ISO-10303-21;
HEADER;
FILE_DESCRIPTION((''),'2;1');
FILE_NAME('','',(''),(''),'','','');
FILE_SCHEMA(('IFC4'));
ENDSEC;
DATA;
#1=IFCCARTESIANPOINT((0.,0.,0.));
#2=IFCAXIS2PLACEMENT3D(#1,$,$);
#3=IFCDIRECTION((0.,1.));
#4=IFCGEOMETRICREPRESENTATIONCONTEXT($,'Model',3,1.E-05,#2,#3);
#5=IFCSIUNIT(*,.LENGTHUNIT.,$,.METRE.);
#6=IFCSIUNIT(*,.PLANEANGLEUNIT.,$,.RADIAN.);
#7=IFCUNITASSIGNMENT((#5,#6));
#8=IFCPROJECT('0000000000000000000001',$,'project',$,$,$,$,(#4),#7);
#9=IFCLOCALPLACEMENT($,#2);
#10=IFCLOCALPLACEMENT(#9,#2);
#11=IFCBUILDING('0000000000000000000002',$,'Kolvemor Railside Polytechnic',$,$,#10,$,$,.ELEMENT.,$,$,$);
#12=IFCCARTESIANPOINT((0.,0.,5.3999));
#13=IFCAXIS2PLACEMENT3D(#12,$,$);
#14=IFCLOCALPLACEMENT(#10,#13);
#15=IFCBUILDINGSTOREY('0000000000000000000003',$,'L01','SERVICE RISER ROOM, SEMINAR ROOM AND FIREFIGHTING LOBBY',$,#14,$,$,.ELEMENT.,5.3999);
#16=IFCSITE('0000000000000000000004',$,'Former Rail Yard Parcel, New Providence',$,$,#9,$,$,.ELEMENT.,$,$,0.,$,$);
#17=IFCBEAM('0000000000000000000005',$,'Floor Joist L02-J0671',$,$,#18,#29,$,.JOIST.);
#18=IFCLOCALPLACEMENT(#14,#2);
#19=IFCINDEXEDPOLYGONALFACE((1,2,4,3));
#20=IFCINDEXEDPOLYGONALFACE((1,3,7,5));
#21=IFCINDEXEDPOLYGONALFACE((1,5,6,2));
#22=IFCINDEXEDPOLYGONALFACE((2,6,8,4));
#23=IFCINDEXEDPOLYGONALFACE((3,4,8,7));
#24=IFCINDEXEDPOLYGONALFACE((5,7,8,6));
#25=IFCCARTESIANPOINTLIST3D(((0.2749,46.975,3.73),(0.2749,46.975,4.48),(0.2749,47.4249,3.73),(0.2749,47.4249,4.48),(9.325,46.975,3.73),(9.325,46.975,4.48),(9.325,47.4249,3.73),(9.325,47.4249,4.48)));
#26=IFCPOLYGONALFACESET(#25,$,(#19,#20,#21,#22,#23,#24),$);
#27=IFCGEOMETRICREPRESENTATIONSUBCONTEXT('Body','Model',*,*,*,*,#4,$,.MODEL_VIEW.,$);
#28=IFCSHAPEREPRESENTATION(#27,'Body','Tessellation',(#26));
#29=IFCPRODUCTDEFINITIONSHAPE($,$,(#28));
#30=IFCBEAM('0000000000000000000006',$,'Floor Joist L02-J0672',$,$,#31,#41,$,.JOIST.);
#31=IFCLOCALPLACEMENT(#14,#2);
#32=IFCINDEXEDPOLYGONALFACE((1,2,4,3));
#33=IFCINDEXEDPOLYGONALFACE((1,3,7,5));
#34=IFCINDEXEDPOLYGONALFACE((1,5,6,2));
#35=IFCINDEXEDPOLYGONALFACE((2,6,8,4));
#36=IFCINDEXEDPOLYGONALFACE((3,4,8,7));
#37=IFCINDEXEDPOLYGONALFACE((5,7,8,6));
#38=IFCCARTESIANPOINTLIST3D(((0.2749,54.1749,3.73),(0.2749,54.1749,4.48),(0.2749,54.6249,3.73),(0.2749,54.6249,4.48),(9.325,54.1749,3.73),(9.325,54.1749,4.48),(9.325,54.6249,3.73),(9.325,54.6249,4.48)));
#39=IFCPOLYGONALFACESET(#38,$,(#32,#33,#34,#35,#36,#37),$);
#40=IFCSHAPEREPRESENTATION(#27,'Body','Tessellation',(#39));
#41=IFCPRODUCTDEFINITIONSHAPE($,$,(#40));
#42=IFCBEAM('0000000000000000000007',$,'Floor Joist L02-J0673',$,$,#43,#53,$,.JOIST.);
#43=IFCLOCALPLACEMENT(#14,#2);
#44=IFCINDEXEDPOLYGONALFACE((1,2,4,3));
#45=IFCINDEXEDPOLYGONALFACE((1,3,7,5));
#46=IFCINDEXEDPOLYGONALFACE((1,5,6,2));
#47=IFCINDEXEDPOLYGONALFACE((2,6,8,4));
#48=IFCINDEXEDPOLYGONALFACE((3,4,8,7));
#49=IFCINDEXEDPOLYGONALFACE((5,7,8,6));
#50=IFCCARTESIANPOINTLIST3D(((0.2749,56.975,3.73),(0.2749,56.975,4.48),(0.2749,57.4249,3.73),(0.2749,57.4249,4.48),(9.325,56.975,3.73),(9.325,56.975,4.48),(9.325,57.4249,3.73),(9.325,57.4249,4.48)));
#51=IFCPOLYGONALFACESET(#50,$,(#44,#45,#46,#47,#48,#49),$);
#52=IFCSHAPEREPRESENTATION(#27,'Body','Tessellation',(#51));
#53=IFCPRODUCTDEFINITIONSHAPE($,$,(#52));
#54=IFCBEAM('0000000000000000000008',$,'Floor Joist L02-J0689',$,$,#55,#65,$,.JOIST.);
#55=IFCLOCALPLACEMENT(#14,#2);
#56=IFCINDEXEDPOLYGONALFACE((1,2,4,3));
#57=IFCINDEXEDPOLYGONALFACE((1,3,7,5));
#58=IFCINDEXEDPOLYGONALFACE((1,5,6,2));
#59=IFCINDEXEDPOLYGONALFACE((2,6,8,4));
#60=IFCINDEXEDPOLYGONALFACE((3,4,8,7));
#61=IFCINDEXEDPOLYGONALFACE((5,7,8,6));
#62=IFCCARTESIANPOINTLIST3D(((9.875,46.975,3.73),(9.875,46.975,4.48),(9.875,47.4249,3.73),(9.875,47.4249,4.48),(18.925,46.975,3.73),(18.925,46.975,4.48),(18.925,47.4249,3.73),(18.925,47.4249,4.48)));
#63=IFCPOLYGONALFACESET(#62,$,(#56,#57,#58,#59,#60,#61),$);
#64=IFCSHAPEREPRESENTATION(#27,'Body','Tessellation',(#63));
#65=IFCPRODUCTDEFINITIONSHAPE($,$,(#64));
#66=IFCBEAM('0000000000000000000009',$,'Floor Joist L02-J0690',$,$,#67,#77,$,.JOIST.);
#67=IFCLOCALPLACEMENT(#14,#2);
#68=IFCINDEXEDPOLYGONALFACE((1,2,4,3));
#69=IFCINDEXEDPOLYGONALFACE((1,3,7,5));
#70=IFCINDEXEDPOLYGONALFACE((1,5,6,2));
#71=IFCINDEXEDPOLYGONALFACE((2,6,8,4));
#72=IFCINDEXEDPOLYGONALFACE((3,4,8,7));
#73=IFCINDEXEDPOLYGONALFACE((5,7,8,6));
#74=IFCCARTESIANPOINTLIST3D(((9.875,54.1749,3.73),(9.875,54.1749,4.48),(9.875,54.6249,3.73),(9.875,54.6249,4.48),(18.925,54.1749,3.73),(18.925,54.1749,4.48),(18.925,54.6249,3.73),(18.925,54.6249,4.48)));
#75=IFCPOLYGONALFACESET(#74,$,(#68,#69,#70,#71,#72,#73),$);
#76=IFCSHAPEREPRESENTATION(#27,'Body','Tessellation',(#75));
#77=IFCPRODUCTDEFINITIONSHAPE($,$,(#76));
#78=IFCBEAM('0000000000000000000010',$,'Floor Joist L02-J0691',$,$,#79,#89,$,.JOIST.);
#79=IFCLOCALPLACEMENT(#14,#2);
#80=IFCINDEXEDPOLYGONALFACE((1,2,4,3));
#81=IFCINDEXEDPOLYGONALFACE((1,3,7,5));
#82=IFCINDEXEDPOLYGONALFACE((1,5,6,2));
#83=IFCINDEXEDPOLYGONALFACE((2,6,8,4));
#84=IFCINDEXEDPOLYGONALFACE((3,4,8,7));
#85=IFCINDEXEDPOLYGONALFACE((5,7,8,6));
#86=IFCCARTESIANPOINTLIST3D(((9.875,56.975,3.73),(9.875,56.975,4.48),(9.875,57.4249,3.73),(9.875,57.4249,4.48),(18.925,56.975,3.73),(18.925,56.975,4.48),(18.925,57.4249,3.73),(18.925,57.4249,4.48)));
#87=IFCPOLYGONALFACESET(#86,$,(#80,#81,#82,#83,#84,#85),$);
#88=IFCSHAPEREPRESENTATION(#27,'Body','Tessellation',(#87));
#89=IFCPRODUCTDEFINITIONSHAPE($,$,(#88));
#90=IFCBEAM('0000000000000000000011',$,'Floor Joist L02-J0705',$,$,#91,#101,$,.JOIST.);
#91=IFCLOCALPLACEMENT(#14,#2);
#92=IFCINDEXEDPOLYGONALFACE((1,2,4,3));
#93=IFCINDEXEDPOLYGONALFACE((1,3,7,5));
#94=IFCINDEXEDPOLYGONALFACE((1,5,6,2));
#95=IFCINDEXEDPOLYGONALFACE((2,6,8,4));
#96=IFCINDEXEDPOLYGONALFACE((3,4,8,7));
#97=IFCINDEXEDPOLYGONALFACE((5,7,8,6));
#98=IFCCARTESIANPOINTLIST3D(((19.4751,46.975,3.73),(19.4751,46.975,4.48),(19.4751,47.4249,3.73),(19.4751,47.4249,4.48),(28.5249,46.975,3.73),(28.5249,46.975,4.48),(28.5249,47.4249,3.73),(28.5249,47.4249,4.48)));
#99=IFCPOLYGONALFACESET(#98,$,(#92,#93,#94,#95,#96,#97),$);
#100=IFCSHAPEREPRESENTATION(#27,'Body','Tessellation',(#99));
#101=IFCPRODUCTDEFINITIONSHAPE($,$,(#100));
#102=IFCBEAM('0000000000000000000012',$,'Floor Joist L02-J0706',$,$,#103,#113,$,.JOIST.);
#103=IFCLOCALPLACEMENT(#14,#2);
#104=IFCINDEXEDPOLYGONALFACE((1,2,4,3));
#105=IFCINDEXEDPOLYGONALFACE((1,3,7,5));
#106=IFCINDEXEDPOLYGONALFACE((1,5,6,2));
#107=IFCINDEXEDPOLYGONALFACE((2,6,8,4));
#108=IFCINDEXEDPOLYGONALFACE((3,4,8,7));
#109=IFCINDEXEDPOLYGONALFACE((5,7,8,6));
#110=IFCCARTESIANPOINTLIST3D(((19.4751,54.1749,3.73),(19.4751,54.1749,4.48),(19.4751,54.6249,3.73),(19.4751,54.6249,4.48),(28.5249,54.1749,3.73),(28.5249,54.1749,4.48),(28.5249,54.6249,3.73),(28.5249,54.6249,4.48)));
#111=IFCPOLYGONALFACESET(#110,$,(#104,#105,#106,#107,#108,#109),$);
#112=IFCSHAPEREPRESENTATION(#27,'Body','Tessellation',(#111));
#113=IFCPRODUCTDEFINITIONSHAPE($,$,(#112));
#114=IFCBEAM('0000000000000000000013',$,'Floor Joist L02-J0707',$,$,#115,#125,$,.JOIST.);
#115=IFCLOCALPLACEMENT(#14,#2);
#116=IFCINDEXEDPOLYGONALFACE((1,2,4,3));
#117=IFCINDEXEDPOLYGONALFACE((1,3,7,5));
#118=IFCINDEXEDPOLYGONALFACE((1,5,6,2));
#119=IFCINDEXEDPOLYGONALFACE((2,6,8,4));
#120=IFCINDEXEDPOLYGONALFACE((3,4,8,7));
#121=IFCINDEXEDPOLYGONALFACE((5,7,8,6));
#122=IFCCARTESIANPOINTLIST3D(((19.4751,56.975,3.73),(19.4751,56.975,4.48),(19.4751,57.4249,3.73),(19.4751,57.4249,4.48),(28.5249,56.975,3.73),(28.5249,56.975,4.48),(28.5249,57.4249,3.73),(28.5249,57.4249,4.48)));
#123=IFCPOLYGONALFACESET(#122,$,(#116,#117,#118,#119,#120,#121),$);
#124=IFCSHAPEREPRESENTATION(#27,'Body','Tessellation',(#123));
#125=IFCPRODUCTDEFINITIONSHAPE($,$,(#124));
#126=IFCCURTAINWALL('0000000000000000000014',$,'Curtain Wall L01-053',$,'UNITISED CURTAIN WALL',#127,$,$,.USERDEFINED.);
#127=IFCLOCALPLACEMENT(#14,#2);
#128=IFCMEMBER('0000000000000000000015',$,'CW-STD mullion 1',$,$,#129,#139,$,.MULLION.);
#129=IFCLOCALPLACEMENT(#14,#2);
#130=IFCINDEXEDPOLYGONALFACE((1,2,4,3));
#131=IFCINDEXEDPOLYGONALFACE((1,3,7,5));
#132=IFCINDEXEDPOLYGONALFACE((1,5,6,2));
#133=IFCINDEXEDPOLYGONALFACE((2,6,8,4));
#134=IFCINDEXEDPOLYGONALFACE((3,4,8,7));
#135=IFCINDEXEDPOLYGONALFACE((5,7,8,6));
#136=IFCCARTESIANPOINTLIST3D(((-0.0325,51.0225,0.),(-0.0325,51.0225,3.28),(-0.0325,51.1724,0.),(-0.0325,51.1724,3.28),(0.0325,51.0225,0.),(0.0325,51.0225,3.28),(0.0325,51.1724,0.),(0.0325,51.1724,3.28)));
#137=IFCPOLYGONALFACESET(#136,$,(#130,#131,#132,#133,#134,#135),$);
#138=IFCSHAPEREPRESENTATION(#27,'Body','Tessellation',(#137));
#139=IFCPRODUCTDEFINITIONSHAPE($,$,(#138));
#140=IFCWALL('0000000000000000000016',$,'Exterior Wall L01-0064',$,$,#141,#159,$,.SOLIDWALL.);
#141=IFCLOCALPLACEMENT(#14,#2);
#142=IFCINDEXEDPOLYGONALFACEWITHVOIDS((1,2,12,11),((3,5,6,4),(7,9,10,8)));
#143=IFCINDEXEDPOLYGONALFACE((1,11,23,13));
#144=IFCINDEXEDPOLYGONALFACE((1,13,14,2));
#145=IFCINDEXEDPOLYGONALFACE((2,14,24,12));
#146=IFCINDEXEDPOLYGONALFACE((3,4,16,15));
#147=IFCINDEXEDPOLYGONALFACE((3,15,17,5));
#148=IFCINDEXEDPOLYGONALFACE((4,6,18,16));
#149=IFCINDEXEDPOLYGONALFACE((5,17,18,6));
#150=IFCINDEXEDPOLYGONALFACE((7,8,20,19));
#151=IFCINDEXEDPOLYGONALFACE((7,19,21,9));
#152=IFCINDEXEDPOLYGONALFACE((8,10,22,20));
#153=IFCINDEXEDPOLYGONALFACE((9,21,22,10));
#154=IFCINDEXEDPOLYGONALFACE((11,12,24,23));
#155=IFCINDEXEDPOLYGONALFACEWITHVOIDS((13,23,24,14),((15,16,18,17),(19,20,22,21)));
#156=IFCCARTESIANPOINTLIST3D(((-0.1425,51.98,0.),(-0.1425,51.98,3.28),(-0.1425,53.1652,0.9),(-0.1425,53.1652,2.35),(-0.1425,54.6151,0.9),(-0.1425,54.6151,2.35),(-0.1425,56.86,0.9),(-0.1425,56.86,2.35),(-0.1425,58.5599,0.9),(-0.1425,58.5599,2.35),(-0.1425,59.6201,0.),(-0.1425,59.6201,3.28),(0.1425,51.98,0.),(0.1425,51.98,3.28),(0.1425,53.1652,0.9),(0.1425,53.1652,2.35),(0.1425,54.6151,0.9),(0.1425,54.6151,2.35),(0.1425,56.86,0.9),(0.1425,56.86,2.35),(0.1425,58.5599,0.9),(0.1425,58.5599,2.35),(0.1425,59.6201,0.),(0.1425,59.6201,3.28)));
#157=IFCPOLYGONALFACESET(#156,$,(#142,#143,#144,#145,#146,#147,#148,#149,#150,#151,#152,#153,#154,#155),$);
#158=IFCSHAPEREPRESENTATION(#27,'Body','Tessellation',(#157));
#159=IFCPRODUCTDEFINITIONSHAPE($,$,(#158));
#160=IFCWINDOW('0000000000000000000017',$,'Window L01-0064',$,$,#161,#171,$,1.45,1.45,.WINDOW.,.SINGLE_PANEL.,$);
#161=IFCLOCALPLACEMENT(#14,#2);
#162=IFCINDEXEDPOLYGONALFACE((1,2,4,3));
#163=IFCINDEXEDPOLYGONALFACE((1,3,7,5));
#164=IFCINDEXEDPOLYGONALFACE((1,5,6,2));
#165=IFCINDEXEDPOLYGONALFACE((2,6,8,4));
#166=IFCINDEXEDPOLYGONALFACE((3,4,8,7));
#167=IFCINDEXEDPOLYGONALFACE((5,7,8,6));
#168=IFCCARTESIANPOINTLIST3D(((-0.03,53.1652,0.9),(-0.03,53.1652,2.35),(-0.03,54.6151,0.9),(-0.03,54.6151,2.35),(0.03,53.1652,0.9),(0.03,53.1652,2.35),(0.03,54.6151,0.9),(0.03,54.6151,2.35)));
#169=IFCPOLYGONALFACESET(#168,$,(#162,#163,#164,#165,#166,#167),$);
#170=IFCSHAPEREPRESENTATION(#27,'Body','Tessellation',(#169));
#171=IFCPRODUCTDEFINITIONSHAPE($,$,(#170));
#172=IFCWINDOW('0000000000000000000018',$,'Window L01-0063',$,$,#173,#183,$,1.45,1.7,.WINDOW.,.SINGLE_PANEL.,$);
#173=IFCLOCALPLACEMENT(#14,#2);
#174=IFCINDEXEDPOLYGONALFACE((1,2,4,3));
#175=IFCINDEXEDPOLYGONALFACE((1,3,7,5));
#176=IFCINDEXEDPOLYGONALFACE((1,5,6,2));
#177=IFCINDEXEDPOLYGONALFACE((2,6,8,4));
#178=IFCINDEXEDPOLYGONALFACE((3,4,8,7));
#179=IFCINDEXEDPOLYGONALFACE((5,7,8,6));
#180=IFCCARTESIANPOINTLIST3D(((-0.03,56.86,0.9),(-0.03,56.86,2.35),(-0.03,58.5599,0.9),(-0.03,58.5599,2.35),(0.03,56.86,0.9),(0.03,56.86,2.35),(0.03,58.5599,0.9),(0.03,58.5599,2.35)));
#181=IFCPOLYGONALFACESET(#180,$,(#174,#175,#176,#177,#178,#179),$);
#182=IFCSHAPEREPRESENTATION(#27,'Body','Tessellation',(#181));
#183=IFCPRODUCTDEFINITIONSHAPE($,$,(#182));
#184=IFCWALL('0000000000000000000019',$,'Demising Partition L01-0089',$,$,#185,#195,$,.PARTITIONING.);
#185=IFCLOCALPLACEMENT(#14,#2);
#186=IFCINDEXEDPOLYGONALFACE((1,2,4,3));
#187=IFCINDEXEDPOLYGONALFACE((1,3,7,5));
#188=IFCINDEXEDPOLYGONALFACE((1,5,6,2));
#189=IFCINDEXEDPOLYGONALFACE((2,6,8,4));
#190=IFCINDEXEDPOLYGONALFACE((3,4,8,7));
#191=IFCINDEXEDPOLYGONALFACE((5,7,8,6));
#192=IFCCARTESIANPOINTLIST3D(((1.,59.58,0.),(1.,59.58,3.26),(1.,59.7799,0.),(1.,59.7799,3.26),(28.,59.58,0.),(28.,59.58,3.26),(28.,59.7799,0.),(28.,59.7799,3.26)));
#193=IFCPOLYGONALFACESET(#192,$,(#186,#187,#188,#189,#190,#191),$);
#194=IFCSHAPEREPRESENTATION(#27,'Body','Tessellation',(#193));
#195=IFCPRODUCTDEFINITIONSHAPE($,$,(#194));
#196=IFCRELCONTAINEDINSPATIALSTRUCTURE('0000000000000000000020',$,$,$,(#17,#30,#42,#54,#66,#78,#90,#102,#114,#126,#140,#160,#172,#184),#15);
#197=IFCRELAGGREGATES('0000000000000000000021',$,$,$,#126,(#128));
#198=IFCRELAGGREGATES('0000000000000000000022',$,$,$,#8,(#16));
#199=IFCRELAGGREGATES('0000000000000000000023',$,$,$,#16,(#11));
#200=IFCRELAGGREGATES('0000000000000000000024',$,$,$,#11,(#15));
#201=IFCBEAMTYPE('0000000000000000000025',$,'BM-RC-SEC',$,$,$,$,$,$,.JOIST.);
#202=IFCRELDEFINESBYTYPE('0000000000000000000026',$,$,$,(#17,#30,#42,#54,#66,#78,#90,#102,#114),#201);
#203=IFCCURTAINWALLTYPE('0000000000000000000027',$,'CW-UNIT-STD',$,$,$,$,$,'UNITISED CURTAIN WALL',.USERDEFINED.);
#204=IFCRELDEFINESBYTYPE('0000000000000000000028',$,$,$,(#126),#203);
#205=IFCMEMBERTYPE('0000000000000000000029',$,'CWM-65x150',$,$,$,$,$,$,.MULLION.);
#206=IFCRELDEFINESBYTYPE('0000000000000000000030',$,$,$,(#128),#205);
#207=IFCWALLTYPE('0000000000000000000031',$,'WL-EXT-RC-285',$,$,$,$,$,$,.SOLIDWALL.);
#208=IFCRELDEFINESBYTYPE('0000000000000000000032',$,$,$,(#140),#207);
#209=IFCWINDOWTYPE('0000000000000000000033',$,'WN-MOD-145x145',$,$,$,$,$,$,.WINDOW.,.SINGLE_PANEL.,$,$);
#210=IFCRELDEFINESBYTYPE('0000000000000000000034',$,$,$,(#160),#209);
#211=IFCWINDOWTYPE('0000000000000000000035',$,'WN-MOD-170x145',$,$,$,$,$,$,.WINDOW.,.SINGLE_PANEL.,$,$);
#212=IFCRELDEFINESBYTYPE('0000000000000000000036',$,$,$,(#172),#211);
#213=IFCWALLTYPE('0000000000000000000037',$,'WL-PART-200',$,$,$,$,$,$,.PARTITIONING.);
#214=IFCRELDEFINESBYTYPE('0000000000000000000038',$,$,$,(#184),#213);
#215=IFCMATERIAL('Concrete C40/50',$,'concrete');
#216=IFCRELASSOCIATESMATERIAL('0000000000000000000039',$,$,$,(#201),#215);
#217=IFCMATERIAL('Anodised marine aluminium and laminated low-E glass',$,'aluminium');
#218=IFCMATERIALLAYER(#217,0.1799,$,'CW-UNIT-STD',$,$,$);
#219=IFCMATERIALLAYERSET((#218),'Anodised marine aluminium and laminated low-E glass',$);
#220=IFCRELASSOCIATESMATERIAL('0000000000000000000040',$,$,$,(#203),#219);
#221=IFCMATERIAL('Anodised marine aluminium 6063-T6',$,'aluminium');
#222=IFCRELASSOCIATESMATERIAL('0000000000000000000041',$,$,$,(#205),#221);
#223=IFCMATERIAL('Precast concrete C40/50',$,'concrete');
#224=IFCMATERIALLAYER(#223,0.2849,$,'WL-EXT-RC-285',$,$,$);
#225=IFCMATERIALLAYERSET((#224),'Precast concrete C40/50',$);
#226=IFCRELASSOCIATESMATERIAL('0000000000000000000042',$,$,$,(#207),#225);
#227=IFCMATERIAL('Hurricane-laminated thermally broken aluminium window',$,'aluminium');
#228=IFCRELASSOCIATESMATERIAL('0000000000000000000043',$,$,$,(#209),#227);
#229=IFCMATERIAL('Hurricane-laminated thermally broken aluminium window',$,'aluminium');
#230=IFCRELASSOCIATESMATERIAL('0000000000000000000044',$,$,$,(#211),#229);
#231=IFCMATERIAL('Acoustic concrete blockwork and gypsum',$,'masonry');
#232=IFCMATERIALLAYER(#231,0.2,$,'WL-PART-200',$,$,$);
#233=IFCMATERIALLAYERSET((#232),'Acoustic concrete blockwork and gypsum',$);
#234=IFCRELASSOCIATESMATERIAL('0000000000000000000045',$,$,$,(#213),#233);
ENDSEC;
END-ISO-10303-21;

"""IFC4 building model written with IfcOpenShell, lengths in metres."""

from ifc_helpers import new_model, si_unit, direction, frame, frame_2d, origin, origin_2d, place, context, subcontext, project, spatial, rectangle, extrude, material, layer, layer_set, material_profile, profile_set, type_object, element, fill, aggregate, save


model = new_model("IFC4")

# Units and contexts
model_context = context("Model", 3, precision=1e-05, world=origin(), true_north=direction((0.0, 1.0)))
body_context = subcontext(model_context, "Body", "Model", "MODEL_VIEW")
ifc_project = project(units=[si_unit("LENGTHUNIT", "METRE"), si_unit("PLANEANGLEUNIT", "RADIAN")], contexts=[model_context])

# Site, building, storey
site_placement = place(None, origin())
site = spatial("IfcSite", under=ifc_project, at=site_placement, Name="Former Rail Yard Parcel, New Providence", CompositionType="ELEMENT", RefElevation=0.0)
building_placement = place(site_placement, origin())
building = spatial("IfcBuilding", under=site, at=building_placement, Name="Kolvemor Railside Polytechnic", CompositionType="ELEMENT")
storey_placement = place(building_placement, frame((0.0, 0.0, 5.3999)))
storey = spatial("IfcBuildingStorey", under=building, at=storey_placement, Name="L01", Description="SERVICE RISER ROOM, SEMINAR ROOM AND FIREFIGHTING LOBBY", CompositionType="ELEMENT", Elevation=5.3999)

# Beams
ifc_material_1 = material(Name="Concrete C40/50", Category="concrete")
ifc_material_profile_1 = material_profile(ifc_material_1, rectangle(XDim=0.45, YDim=0.75, at=origin_2d()), Name="RC450x750")
ifc_profile_set_1 = profile_set([ifc_material_profile_1], Name="Concrete C40/50")
beam_type_1 = type_object("IfcBeamType", Name="BM-RC-SEC", PredefinedType="JOIST", material=ifc_profile_set_1)
for number, where, z_axis, x_axis, name in (
    (1, (0.2749, 47.2, 4.105), (1.0, 0.0, 0.0), (0.0, 1.0, 0.0), "Floor Joist L02-J0671"),
    (2, (0.2749, 54.3999, 4.105), (1.0, 0.0, 0.0), (0.0, 1.0, 0.0), "Floor Joist L02-J0672"),
    (3, (0.2749, 57.2, 4.105), (1.0, 0.0, 0.0), (0.0, 1.0, 0.0), "Floor Joist L02-J0673"),
    (4, (9.875, 47.2, 4.105), (1.0, 0.0, 0.0), (0.0, 1.0, 0.0), "Floor Joist L02-J0689"),
    (5, (9.875, 54.3999, 4.105), (1.0, 0.0, 0.0), (0.0, 1.0, 0.0), "Floor Joist L02-J0690"),
    (6, (9.875, 57.2, 4.105), (1.0, 0.0, 0.0), (0.0, 1.0, 0.0), "Floor Joist L02-J0691"),
):
    element("IfcBeam", number, at=place(storey_placement, frame(where, z_axis=z_axis, x_axis=x_axis)), inside=storey, type_object=beam_type_1, Name=name, PredefinedType="JOIST", context=body_context, shape_type="SweptSolid", body=[
        extrude(rectangle(XDim=0.45, YDim=0.75, at=origin_2d()), origin(), (0.0, 0.0, 1.0), 9.05),
    ])
for number, where, z_axis, x_axis, name in (
    (7, (19.4751, 47.2, 4.105), (1.0, 0.0, 0.0), (0.0, 1.0, 0.0), "Floor Joist L02-J0705"),
    (8, (19.4751, 54.3999, 4.105), (1.0, 0.0, 0.0), (0.0, 1.0, 0.0), "Floor Joist L02-J0706"),
    (9, (19.4751, 57.2, 4.105), (1.0, 0.0, 0.0), (0.0, 1.0, 0.0), "Floor Joist L02-J0707"),
):
    element("IfcBeam", number, at=place(storey_placement, frame(where, z_axis=z_axis, x_axis=x_axis)), inside=storey, type_object=beam_type_1, Name=name, PredefinedType="JOIST", context=body_context, shape_type="SweptSolid", body=[
        extrude(rectangle(XDim=0.45, YDim=0.75, at=origin_2d()), origin(), (0.0, 0.0, 1.0), 9.0498),
    ])

# Curtain wall, member
ifc_material_2 = material(Name="Anodised marine aluminium and laminated low-E glass", Category="aluminium")
ifc_layer_1 = layer(ifc_material_2, 0.1799, Name="CW-UNIT-STD")
ifc_layer_set_1 = layer_set([ifc_layer_1], Name="Anodised marine aluminium and laminated low-E glass")
curtain_wall_type = type_object("IfcCurtainWallType", Name="CW-UNIT-STD", ElementType="UNITISED CURTAIN WALL", PredefinedType="USERDEFINED", material=ifc_layer_set_1)
curtain_wall_placement = place(storey_placement, origin())
curtain_wall = element("IfcCurtainWall", 10, at=curtain_wall_placement, inside=storey, type_object=curtain_wall_type, Name="Curtain Wall L01-053", ObjectType="UNITISED CURTAIN WALL", PredefinedType="USERDEFINED")
ifc_material_3 = material(Name="Anodised marine aluminium 6063-T6", Category="aluminium")
ifc_material_profile_2 = material_profile(ifc_material_3, rectangle(XDim=0.0649, YDim=0.1499, at=origin_2d()), Name="CW-MUL-65x150")
ifc_profile_set_2 = profile_set([ifc_material_profile_2], Name="Anodised marine aluminium 6063-T6")
member_type = type_object("IfcMemberType", Name="CWM-65x150", PredefinedType="MULLION", material=ifc_profile_set_2)
member_placement = place(storey_placement, frame((0.0, 51.0974, 0.0), z_axis=(0.0, 0.0, 1.0), x_axis=(1.0, 0.0, 0.0)))
member = element("IfcMember", 11, at=member_placement, type_object=member_type, Name="CW-STD mullion 1", PredefinedType="MULLION", context=body_context, shape_type="SweptSolid", body=[
    extrude(rectangle(XDim=0.0649, YDim=0.1499, at=origin_2d()), origin(), (0.0, 0.0, 1.0), 3.28),
])
aggregate(curtain_wall, [member])

# Wall, openings, windows
ifc_material_4 = material(Name="Precast concrete C40/50", Category="concrete")
ifc_layer_2 = layer(ifc_material_4, 0.2849, Name="WL-EXT-RC-285")
ifc_layer_set_2 = layer_set([ifc_layer_2], Name="Precast concrete C40/50")
wall_type_1 = type_object("IfcWallType", Name="WL-EXT-RC-285", PredefinedType="SOLIDWALL", material=ifc_layer_set_2)
wall_1_placement = place(storey_placement, frame((0.0, 59.6201, 0.0), z_axis=(0.0, 0.0, 1.0), x_axis=(0.0, -1.0, 0.0)))
wall_1 = element("IfcWall", 12, at=wall_1_placement, inside=storey, type_object=wall_type_1, Name="Exterior Wall L01-0064", PredefinedType="SOLIDWALL", context=body_context, shape_type="SweptSolid", body=[
    extrude(rectangle(XDim=7.6401, YDim=0.2849, at=frame_2d((3.8201, 0.0))), origin(), (0.0, 0.0, 1.0), 3.28),
])
opening_1_placement = place(wall_1_placement, frame((1.0601, 0.0, 0.8999)))
opening_1 = element("IfcOpeningElement", 13, at=opening_1_placement, cuts=wall_1, PredefinedType="OPENING", context=body_context, shape_type="SweptSolid", body=[
    extrude(rectangle(XDim=1.7, YDim=1.45, at=frame_2d((0.8501, 0.7251))), frame((0.0, 0.1523, 0.0), z_axis=(0.0, -1.0, 0.0), x_axis=(1.0, 0.0, 0.0)), (0.0, 0.0, 1.0), 0.3049),
])
opening_2_placement = place(wall_1_placement, frame((5.0049, 0.0, 0.8999)))
opening_2 = element("IfcOpeningElement", 14, at=opening_2_placement, cuts=wall_1, PredefinedType="OPENING", context=body_context, shape_type="SweptSolid", body=[
    extrude(rectangle(XDim=1.45, YDim=1.45, at=frame_2d((0.7251, 0.7251))), frame((0.0, 0.1523, 0.0), z_axis=(0.0, -1.0, 0.0), x_axis=(1.0, 0.0, 0.0)), (0.0, 0.0, 1.0), 0.3049),
])
ifc_material_5 = material(Name="Hurricane-laminated thermally broken aluminium window", Category="aluminium")
window_type_1 = type_object("IfcWindowType", Name="WN-MOD-145x145", PartitioningType="SINGLE_PANEL", PredefinedType="WINDOW", material=ifc_material_5)
window_1_placement = place(opening_2_placement, origin())
window_1 = element("IfcWindow", 15, at=window_1_placement, inside=storey, type_object=window_type_1, Name="Window L01-0064", OverallHeight=1.45, OverallWidth=1.45, PartitioningType="SINGLE_PANEL", PredefinedType="WINDOW", context=body_context, shape_type="SweptSolid", body=[
    extrude(rectangle(XDim=1.45, YDim=1.45, at=frame_2d((0.7251, 0.7251))), frame((0.0, 0.03, 0.0), z_axis=(0.0, -1.0, 0.0), x_axis=(1.0, 0.0, 0.0)), (0.0, 0.0, 1.0), 0.0601),
])
fill(opening_2, window_1)
ifc_material_6 = material(Name="Hurricane-laminated thermally broken aluminium window", Category="aluminium")
window_type_2 = type_object("IfcWindowType", Name="WN-MOD-170x145", PartitioningType="SINGLE_PANEL", PredefinedType="WINDOW", material=ifc_material_6)
window_2_placement = place(opening_1_placement, origin())
window_2 = element("IfcWindow", 16, at=window_2_placement, inside=storey, type_object=window_type_2, Name="Window L01-0063", OverallHeight=1.45, OverallWidth=1.7, PartitioningType="SINGLE_PANEL", PredefinedType="WINDOW", context=body_context, shape_type="SweptSolid", body=[
    extrude(rectangle(XDim=1.7, YDim=1.45, at=frame_2d((0.8501, 0.7251))), frame((0.0, 0.03, 0.0), z_axis=(0.0, -1.0, 0.0), x_axis=(1.0, 0.0, 0.0)), (0.0, 0.0, 1.0), 0.0601),
])
fill(opening_1, window_2)

# Wall
ifc_material_7 = material(Name="Acoustic concrete blockwork and gypsum", Category="masonry")
ifc_layer_3 = layer(ifc_material_7, 0.2, Name="WL-PART-200")
ifc_layer_set_3 = layer_set([ifc_layer_3], Name="Acoustic concrete blockwork and gypsum")
wall_type_2 = type_object("IfcWallType", Name="WL-PART-200", PredefinedType="PARTITIONING", material=ifc_layer_set_3)
wall_2_placement = place(storey_placement, frame((1.0, 59.6799, 0.0), z_axis=(0.0, 0.0, 1.0), x_axis=(1.0, 0.0, 0.0)))
element("IfcWall", 17, at=wall_2_placement, inside=storey, type_object=wall_type_2, Name="Demising Partition L01-0089", PredefinedType="PARTITIONING", context=body_context, shape_type="SweptSolid", body=[
    extrude(rectangle(XDim=27.0, YDim=0.2, at=frame_2d((13.5, 0.0))), origin(), (0.0, 0.0, 1.0), 3.26),
])

save(model, "model.ifc")
